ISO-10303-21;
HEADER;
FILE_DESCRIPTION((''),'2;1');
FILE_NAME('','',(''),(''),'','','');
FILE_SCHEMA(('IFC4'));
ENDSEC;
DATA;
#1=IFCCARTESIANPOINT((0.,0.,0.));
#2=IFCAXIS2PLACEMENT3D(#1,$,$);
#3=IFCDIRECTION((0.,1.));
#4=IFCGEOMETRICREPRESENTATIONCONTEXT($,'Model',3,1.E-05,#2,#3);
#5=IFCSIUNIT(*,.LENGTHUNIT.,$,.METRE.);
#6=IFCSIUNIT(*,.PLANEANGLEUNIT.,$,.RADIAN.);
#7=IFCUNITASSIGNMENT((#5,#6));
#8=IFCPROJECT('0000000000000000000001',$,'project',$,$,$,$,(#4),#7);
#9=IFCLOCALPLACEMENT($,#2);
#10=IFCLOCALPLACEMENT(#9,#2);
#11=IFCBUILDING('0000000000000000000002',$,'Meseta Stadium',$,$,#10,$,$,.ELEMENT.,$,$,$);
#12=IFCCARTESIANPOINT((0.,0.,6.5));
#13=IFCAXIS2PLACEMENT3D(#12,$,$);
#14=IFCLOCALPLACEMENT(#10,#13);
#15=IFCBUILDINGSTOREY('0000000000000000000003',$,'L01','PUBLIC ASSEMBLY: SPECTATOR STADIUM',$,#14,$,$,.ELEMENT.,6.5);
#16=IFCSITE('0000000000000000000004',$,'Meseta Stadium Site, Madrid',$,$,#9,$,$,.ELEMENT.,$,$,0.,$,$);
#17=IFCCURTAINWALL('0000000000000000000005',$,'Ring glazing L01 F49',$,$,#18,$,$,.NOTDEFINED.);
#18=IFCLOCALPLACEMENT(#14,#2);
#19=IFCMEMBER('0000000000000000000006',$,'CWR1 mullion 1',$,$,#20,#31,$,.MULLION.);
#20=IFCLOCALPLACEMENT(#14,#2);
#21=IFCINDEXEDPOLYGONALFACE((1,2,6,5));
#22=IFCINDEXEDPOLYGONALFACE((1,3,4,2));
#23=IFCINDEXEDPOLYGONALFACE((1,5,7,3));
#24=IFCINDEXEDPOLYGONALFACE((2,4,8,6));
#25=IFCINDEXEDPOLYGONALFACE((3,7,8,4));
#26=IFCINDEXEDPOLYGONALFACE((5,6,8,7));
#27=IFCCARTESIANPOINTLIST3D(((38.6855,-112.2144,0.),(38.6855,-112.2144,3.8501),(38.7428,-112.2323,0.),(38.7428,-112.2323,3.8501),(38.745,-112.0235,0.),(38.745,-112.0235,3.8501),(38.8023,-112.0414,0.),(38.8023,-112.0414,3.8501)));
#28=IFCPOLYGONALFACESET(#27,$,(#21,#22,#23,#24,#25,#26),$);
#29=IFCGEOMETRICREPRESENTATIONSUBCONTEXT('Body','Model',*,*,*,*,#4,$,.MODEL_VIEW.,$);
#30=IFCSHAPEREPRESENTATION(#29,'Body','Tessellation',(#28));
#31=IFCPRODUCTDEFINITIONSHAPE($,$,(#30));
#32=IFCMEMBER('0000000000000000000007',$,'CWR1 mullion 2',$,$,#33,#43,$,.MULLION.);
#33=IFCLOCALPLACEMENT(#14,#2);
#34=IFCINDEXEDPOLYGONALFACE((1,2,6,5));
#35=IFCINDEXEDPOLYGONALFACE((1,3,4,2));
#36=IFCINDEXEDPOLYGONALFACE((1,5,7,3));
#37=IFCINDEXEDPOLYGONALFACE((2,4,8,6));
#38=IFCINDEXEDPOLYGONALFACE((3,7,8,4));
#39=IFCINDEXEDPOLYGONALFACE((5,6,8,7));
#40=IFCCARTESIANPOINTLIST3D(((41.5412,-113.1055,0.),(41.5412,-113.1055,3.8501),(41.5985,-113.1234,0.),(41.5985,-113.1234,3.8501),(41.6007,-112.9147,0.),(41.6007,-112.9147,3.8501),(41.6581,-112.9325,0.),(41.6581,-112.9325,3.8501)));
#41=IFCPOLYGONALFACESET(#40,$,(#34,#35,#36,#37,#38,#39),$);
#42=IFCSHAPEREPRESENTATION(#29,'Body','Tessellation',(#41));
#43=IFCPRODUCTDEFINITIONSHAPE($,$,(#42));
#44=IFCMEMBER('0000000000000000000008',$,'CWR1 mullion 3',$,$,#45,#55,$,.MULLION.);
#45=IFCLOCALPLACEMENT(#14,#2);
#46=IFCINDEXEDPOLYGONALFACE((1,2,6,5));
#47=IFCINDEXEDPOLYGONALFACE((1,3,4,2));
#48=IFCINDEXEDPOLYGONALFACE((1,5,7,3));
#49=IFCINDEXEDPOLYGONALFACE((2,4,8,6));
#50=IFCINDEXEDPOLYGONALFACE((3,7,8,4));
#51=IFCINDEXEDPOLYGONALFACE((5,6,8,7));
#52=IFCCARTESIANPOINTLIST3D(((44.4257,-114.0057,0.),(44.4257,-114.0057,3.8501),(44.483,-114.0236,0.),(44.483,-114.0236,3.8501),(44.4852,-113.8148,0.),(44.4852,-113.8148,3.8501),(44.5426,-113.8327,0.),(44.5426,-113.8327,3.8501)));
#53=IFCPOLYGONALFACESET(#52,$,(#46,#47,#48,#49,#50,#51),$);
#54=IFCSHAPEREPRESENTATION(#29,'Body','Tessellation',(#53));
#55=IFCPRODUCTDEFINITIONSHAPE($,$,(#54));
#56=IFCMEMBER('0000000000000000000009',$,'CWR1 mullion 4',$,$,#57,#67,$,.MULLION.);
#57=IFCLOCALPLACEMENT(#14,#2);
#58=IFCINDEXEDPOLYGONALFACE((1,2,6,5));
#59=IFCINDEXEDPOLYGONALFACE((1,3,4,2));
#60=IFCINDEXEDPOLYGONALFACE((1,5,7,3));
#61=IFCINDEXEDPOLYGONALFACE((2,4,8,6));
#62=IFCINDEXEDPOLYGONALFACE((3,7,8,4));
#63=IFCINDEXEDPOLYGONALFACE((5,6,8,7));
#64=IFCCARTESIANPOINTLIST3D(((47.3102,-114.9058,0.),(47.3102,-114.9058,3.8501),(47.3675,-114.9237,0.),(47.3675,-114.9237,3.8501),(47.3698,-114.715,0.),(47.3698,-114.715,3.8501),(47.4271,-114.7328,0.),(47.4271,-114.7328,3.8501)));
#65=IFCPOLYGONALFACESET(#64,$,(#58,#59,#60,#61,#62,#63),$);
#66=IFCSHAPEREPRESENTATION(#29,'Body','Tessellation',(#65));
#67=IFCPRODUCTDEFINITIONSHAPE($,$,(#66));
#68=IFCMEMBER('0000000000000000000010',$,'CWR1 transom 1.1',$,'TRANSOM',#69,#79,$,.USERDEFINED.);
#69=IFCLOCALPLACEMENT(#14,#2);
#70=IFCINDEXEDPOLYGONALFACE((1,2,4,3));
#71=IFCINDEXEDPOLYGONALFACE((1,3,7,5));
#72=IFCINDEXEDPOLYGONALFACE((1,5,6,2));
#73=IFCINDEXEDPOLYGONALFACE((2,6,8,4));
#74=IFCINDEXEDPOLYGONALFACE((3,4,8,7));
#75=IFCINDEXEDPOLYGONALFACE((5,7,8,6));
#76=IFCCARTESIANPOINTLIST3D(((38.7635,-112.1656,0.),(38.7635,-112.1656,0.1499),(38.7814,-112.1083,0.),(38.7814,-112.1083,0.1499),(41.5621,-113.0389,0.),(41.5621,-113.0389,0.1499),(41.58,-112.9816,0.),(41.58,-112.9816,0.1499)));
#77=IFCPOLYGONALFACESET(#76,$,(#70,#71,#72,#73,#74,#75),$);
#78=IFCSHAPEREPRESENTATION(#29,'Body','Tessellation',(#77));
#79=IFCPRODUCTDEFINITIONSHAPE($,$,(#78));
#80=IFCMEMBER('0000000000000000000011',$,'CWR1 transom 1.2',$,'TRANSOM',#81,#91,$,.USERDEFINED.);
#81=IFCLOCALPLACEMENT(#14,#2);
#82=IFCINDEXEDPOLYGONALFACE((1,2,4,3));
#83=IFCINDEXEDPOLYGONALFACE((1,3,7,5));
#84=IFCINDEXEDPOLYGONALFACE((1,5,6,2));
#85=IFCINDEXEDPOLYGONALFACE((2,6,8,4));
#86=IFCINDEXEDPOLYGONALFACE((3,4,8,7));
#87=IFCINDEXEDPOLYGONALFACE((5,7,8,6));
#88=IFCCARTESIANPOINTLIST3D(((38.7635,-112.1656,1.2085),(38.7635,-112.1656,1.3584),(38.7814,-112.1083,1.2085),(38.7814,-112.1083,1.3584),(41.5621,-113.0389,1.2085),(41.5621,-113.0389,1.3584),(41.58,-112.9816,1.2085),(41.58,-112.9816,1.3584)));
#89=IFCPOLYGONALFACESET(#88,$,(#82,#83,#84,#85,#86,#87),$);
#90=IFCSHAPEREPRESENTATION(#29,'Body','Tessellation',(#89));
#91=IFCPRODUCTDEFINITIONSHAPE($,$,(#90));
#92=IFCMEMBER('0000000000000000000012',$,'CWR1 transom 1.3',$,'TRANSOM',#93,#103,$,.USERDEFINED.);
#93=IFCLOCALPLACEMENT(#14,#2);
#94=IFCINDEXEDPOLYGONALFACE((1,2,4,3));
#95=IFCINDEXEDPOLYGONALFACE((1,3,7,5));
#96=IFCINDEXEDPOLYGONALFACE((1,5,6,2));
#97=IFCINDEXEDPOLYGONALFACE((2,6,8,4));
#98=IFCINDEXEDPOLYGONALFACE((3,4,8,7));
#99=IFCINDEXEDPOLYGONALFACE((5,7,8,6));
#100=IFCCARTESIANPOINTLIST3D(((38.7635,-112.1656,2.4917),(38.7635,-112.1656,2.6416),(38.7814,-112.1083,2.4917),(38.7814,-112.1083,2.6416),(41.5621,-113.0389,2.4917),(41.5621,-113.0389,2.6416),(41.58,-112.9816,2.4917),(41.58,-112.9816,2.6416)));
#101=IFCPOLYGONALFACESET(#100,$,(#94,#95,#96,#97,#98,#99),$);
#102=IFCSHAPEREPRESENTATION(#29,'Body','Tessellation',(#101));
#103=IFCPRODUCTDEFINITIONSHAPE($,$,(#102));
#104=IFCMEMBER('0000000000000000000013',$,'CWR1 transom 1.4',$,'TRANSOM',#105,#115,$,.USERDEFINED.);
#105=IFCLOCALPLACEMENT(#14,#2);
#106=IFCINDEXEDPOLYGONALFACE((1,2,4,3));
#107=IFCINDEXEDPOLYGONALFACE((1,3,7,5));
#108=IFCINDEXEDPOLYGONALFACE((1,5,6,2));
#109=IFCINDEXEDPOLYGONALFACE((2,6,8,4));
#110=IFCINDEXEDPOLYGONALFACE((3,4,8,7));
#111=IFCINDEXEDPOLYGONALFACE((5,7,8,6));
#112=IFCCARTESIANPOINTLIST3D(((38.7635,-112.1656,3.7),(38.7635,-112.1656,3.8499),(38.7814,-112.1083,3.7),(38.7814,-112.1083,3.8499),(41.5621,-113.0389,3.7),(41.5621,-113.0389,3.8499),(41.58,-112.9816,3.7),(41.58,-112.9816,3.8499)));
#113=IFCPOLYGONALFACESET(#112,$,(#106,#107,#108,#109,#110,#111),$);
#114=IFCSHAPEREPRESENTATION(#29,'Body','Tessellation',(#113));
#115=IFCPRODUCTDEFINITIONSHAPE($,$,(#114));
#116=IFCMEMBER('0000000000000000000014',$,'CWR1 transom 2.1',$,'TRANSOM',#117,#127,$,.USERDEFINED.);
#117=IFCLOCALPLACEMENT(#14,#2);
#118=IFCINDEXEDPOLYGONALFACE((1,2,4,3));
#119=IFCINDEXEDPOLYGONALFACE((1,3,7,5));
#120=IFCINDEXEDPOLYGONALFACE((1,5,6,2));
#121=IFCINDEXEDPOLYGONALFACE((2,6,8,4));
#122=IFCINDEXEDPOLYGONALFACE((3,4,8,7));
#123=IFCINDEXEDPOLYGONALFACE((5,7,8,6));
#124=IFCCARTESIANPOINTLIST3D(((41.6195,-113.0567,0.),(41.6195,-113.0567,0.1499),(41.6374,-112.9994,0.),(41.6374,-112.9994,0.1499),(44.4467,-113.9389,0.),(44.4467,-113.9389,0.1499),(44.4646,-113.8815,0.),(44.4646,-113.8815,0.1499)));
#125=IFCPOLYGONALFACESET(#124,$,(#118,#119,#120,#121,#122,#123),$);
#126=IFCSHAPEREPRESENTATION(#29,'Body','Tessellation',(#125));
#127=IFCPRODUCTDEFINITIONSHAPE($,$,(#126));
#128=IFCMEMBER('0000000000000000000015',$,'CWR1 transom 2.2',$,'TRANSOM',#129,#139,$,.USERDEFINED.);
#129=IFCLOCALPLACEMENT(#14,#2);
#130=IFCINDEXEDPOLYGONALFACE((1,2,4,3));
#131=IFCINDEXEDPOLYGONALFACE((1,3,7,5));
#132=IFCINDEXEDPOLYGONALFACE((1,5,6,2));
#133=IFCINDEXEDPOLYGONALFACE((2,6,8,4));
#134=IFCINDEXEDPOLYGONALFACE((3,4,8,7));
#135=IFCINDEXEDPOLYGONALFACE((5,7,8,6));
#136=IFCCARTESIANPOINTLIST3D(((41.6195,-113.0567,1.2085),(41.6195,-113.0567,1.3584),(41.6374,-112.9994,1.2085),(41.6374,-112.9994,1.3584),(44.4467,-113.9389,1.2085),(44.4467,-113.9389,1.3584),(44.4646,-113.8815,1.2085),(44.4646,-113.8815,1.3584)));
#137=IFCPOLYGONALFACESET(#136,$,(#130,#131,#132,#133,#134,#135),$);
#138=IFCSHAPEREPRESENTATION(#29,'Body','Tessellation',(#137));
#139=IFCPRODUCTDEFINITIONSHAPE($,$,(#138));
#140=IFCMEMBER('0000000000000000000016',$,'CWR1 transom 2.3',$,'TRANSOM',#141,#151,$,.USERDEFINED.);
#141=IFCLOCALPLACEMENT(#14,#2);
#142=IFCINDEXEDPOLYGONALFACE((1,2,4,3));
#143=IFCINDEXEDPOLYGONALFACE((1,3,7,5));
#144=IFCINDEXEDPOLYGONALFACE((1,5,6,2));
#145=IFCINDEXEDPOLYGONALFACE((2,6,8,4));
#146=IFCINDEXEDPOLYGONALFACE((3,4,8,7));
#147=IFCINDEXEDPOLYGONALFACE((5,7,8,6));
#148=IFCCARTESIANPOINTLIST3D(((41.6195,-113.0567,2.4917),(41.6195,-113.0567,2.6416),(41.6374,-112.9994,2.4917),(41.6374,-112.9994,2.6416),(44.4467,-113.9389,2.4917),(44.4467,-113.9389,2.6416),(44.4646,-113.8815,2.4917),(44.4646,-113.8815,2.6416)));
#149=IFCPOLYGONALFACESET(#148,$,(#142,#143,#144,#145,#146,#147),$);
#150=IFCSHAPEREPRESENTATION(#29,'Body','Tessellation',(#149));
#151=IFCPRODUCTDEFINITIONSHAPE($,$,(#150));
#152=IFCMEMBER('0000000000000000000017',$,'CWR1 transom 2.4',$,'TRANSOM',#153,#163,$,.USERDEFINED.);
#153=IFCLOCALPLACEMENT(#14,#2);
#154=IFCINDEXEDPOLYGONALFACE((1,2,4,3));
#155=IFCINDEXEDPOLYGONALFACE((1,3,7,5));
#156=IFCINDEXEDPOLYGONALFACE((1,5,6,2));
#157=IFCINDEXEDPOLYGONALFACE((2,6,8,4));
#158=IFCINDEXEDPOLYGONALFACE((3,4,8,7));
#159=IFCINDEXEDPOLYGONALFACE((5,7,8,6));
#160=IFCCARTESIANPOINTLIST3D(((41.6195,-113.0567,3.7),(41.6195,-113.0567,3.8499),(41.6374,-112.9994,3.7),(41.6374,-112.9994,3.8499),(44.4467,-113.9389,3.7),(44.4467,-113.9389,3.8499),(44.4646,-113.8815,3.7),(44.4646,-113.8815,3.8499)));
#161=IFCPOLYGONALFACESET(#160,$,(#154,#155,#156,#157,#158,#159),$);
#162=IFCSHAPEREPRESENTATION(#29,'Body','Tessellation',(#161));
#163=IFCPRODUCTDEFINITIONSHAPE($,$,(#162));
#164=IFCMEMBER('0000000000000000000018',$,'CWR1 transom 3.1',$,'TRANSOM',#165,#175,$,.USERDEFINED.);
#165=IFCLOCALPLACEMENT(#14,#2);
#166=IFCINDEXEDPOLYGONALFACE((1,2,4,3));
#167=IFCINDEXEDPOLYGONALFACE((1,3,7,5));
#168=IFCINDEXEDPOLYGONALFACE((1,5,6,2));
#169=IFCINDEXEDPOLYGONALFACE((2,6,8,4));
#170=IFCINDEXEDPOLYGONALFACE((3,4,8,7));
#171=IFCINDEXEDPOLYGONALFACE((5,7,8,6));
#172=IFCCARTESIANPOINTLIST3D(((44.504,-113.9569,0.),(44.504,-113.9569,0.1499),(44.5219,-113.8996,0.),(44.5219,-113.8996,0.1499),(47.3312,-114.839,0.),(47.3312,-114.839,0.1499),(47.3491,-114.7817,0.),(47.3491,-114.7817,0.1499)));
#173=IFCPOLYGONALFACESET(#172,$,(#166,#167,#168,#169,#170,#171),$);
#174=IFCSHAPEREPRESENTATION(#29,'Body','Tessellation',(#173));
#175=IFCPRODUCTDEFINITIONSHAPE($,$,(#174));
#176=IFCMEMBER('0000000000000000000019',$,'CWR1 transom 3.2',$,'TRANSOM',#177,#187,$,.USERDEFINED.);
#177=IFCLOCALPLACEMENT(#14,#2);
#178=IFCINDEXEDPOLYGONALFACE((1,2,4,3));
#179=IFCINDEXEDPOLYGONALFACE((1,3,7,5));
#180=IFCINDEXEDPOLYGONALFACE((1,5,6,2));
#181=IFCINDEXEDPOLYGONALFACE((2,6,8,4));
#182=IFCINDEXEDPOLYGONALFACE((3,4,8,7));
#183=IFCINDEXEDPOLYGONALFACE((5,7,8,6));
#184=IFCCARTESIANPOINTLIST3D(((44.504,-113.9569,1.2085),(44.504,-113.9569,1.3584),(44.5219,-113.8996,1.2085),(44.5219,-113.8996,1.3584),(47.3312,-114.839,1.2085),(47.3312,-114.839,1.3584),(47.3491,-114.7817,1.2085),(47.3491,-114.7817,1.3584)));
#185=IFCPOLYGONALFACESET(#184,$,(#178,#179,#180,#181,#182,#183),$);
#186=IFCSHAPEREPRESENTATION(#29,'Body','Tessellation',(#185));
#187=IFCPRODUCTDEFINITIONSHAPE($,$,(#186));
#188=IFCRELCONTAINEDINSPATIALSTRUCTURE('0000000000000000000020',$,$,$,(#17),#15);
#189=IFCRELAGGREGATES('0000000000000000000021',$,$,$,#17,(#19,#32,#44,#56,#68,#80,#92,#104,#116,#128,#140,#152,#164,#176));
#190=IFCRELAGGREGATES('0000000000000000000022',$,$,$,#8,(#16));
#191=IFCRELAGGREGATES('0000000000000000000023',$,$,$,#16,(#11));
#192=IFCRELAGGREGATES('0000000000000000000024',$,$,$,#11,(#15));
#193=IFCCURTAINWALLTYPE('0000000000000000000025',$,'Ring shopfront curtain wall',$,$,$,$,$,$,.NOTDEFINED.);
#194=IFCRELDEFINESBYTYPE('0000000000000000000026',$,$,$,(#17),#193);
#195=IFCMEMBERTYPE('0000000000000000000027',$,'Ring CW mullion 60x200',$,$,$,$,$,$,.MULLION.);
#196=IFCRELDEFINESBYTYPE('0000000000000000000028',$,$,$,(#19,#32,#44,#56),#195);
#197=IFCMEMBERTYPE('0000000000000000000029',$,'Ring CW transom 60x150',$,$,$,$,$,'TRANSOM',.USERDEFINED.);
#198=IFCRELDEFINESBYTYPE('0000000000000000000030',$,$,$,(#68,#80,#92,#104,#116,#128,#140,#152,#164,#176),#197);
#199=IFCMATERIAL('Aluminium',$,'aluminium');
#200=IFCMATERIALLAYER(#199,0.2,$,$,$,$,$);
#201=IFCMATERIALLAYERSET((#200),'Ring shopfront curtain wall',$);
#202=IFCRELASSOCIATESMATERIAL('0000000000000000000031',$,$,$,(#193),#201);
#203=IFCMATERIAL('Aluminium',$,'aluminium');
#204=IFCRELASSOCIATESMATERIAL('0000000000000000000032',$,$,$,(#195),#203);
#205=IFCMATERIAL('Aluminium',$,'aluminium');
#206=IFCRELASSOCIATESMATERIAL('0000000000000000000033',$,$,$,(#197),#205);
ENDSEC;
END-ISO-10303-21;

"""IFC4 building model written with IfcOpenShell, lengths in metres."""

from ifc_helpers import new_model, si_unit, direction, frame, origin, origin_2d, place, context, subcontext, project, spatial, rectangle, extrude, material, layer, layer_set, material_profile, profile_set, type_object, element, aggregate, save


model = new_model("IFC4")

# Units and contexts
model_context = context("Model", 3, precision=1e-05, world=origin(), true_north=direction((0.0, 1.0)))
body_context = subcontext(model_context, "Body", "Model", "MODEL_VIEW")
ifc_project = project(units=[si_unit("LENGTHUNIT", "METRE"), si_unit("PLANEANGLEUNIT", "RADIAN")], contexts=[model_context])

# Site, building, storey
site_placement = place(None, origin())
site = spatial("IfcSite", under=ifc_project, at=site_placement, Name="Meseta Stadium Site, Madrid", CompositionType="ELEMENT", RefElevation=0.0)
building_placement = place(site_placement, origin())
building = spatial("IfcBuilding", under=site, at=building_placement, Name="Meseta Stadium", CompositionType="ELEMENT")
storey_placement = place(building_placement, frame((0.0, 0.0, 6.5)))
storey = spatial("IfcBuildingStorey", under=building, at=storey_placement, Name="L01", Description="PUBLIC ASSEMBLY: SPECTATOR STADIUM", CompositionType="ELEMENT", Elevation=6.5)

# Curtain wall, members
ifc_material_1 = material(Name="Aluminium", Category="aluminium")
ifc_layer_1 = layer(ifc_material_1, 0.2)
ifc_layer_set_1 = layer_set([ifc_layer_1], Name="Ring shopfront curtain wall")
curtain_wall_type = type_object("IfcCurtainWallType", Name="Ring shopfront curtain wall", PredefinedType="NOTDEFINED", material=ifc_layer_set_1)
curtain_wall_placement = place(storey_placement, origin())
curtain_wall = element("IfcCurtainWall", 1, at=curtain_wall_placement, inside=storey, type_object=curtain_wall_type, Name="Ring glazing L01 F49", PredefinedType="NOTDEFINED")
ifc_material_2 = material(Name="Aluminium", Category="aluminium")
ifc_material_profile_1 = material_profile(ifc_material_2, rectangle(XDim=0.2, YDim=0.0601, at=origin_2d()), Name="CW 200x60")
ifc_profile_set_1 = profile_set([ifc_material_profile_1], Name="Aluminium")
member_type_1 = type_object("IfcMemberType", Name="Ring CW mullion 60x200", PredefinedType="MULLION", material=ifc_profile_set_1)
member_1_placement = place(storey_placement, frame((38.7439, -112.1279, 0.0), z_axis=(0.0, 0.0, 1.0), x_axis=(0.297861, 0.954609, 0.0)))
member_1 = element("IfcMember", 2, at=member_1_placement, type_object=member_type_1, Name="CWR1 mullion 1", PredefinedType="MULLION", context=body_context, shape_type="SweptSolid", body=[
    extrude(rectangle(XDim=0.2, YDim=0.0601, at=origin_2d()), origin(), (0.0, 0.0, 1.0), 3.8501),
])
member_2_placement = place(storey_placement, frame((41.5996, -113.019, 0.0), z_axis=(0.0, 0.0, 1.0), x_axis=(0.297861, 0.954609, 0.0)))
member_2 = element("IfcMember", 3, at=member_2_placement, type_object=member_type_1, Name="CWR1 mullion 2", PredefinedType="MULLION", context=body_context, shape_type="SweptSolid", body=[
    extrude(rectangle(XDim=0.2, YDim=0.0601, at=origin_2d()), origin(), (0.0, 0.0, 1.0), 3.8501),
])
member_3_placement = place(storey_placement, frame((44.4841, -113.9192, 0.0), z_axis=(0.0, 0.0, 1.0), x_axis=(0.297861, 0.954609, 0.0)))
member_3 = element("IfcMember", 4, at=member_3_placement, type_object=member_type_1, Name="CWR1 mullion 3", PredefinedType="MULLION", context=body_context, shape_type="SweptSolid", body=[
    extrude(rectangle(XDim=0.2, YDim=0.0601, at=origin_2d()), origin(), (0.0, 0.0, 1.0), 3.8501),
])
member_4_placement = place(storey_placement, frame((47.3687, -114.8193, 0.0), z_axis=(0.0, 0.0, 1.0), x_axis=(0.297861, 0.954609, 0.0)))
member_4 = element("IfcMember", 5, at=member_4_placement, type_object=member_type_1, Name="CWR1 mullion 4", PredefinedType="MULLION", context=body_context, shape_type="SweptSolid", body=[
    extrude(rectangle(XDim=0.2, YDim=0.0601, at=origin_2d()), origin(), (0.0, 0.0, 1.0), 3.8501),
])
ifc_material_3 = material(Name="Aluminium", Category="aluminium")
ifc_material_profile_2 = material_profile(ifc_material_3, rectangle(XDim=0.0601, YDim=0.1499, at=origin_2d()), Name="CW 60x150")
ifc_profile_set_2 = profile_set([ifc_material_profile_2], Name="Aluminium")
member_type_2 = type_object("IfcMemberType", Name="Ring CW transom 60x150", ElementType="TRANSOM", PredefinedType="USERDEFINED", material=ifc_profile_set_2)
member_5_placement = place(storey_placement, frame((38.7725, -112.137, 0.075), z_axis=(0.954603, -0.297881, 0.0), x_axis=(0.297881, 0.954603, 0.0)))
member_5 = element("IfcMember", 6, at=member_5_placement, type_object=member_type_2, Name="CWR1 transom 1.1", ObjectType="TRANSOM", PredefinedType="USERDEFINED", context=body_context, shape_type="SweptSolid", body=[
    extrude(rectangle(XDim=0.0601, YDim=0.1499, at=origin_2d()), origin(), (0.0, 0.0, 1.0), 2.9316),
])
member_6_placement = place(storey_placement, frame((38.7725, -112.137, 1.2834), z_axis=(0.954603, -0.297881, 0.0), x_axis=(0.297881, 0.954603, 0.0)))
member_6 = element("IfcMember", 7, at=member_6_placement, type_object=member_type_2, Name="CWR1 transom 1.2", ObjectType="TRANSOM", PredefinedType="USERDEFINED", context=body_context, shape_type="SweptSolid", body=[
    extrude(rectangle(XDim=0.0601, YDim=0.1499, at=origin_2d()), origin(), (0.0, 0.0, 1.0), 2.9316),
])
member_7_placement = place(storey_placement, frame((38.7725, -112.137, 2.5667), z_axis=(0.954603, -0.297881, 0.0), x_axis=(0.297881, 0.954603, 0.0)))
member_7 = element("IfcMember", 8, at=member_7_placement, type_object=member_type_2, Name="CWR1 transom 1.3", ObjectType="TRANSOM", PredefinedType="USERDEFINED", context=body_context, shape_type="SweptSolid", body=[
    extrude(rectangle(XDim=0.0601, YDim=0.1499, at=origin_2d()), origin(), (0.0, 0.0, 1.0), 2.9316),
])
member_8_placement = place(storey_placement, frame((38.7725, -112.137, 3.7749), z_axis=(0.954603, -0.297881, 0.0), x_axis=(0.297881, 0.954603, 0.0)))
member_8 = element("IfcMember", 9, at=member_8_placement, type_object=member_type_2, Name="CWR1 transom 1.4", ObjectType="TRANSOM", PredefinedType="USERDEFINED", context=body_context, shape_type="SweptSolid", body=[
    extrude(rectangle(XDim=0.0601, YDim=0.1499, at=origin_2d()), origin(), (0.0, 0.0, 1.0), 2.9316),
])
member_9_placement = place(storey_placement, frame((41.6284, -113.0281, 0.075), z_axis=(0.954615, -0.297843, 0.0), x_axis=(0.297843, 0.954615, 0.0)))
member_9 = element("IfcMember", 10, at=member_9_placement, type_object=member_type_2, Name="CWR1 transom 2.1", ObjectType="TRANSOM", PredefinedType="USERDEFINED", context=body_context, shape_type="SweptSolid", body=[
    extrude(rectangle(XDim=0.0601, YDim=0.1499, at=origin_2d()), origin(), (0.0, 0.0, 1.0), 2.9617),
])
member_10_placement = place(storey_placement, frame((41.6284, -113.0281, 1.2834), z_axis=(0.954615, -0.297843, 0.0), x_axis=(0.297843, 0.954615, 0.0)))
member_10 = element("IfcMember", 11, at=member_10_placement, type_object=member_type_2, Name="CWR1 transom 2.2", ObjectType="TRANSOM", PredefinedType="USERDEFINED", context=body_context, shape_type="SweptSolid", body=[
    extrude(rectangle(XDim=0.0601, YDim=0.1499, at=origin_2d()), origin(), (0.0, 0.0, 1.0), 2.9617),
])
member_11_placement = place(storey_placement, frame((41.6284, -113.0281, 2.5667), z_axis=(0.954615, -0.297843, 0.0), x_axis=(0.297843, 0.954615, 0.0)))
member_11 = element("IfcMember", 12, at=member_11_placement, type_object=member_type_2, Name="CWR1 transom 2.3", ObjectType="TRANSOM", PredefinedType="USERDEFINED", context=body_context, shape_type="SweptSolid", body=[
    extrude(rectangle(XDim=0.0601, YDim=0.1499, at=origin_2d()), origin(), (0.0, 0.0, 1.0), 2.9617),
])
member_12_placement = place(storey_placement, frame((41.6284, -113.0281, 3.7749), z_axis=(0.954615, -0.297843, 0.0), x_axis=(0.297843, 0.954615, 0.0)))
member_12 = element("IfcMember", 13, at=member_12_placement, type_object=member_type_2, Name="CWR1 transom 2.4", ObjectType="TRANSOM", PredefinedType="USERDEFINED", context=body_context, shape_type="SweptSolid", body=[
    extrude(rectangle(XDim=0.0601, YDim=0.1499, at=origin_2d()), origin(), (0.0, 0.0, 1.0), 2.9617),
])
member_13_placement = place(storey_placement, frame((44.5129, -113.9282, 0.075), z_axis=(0.954615, -0.297843, 0.0), x_axis=(0.297843, 0.954615, 0.0)))
member_13 = element("IfcMember", 14, at=member_13_placement, type_object=member_type_2, Name="CWR1 transom 3.1", ObjectType="TRANSOM", PredefinedType="USERDEFINED", context=body_context, shape_type="SweptSolid", body=[
    extrude(rectangle(XDim=0.0601, YDim=0.1499, at=origin_2d()), origin(), (0.0, 0.0, 1.0), 2.9617),
])
member_14_placement = place(storey_placement, frame((44.5129, -113.9282, 1.2834), z_axis=(0.954615, -0.297843, 0.0), x_axis=(0.297843, 0.954615, 0.0)))
member_14 = element("IfcMember", 15, at=member_14_placement, type_object=member_type_2, Name="CWR1 transom 3.2", ObjectType="TRANSOM", PredefinedType="USERDEFINED", context=body_context, shape_type="SweptSolid", body=[
    extrude(rectangle(XDim=0.0601, YDim=0.1499, at=origin_2d()), origin(), (0.0, 0.0, 1.0), 2.9617),
])
aggregate(curtain_wall, [member_1, member_2, member_3, member_4, member_5, member_6, member_7, member_8, member_9, member_10, member_11, member_12, member_13, member_14])

save(model, "model.ifc")
